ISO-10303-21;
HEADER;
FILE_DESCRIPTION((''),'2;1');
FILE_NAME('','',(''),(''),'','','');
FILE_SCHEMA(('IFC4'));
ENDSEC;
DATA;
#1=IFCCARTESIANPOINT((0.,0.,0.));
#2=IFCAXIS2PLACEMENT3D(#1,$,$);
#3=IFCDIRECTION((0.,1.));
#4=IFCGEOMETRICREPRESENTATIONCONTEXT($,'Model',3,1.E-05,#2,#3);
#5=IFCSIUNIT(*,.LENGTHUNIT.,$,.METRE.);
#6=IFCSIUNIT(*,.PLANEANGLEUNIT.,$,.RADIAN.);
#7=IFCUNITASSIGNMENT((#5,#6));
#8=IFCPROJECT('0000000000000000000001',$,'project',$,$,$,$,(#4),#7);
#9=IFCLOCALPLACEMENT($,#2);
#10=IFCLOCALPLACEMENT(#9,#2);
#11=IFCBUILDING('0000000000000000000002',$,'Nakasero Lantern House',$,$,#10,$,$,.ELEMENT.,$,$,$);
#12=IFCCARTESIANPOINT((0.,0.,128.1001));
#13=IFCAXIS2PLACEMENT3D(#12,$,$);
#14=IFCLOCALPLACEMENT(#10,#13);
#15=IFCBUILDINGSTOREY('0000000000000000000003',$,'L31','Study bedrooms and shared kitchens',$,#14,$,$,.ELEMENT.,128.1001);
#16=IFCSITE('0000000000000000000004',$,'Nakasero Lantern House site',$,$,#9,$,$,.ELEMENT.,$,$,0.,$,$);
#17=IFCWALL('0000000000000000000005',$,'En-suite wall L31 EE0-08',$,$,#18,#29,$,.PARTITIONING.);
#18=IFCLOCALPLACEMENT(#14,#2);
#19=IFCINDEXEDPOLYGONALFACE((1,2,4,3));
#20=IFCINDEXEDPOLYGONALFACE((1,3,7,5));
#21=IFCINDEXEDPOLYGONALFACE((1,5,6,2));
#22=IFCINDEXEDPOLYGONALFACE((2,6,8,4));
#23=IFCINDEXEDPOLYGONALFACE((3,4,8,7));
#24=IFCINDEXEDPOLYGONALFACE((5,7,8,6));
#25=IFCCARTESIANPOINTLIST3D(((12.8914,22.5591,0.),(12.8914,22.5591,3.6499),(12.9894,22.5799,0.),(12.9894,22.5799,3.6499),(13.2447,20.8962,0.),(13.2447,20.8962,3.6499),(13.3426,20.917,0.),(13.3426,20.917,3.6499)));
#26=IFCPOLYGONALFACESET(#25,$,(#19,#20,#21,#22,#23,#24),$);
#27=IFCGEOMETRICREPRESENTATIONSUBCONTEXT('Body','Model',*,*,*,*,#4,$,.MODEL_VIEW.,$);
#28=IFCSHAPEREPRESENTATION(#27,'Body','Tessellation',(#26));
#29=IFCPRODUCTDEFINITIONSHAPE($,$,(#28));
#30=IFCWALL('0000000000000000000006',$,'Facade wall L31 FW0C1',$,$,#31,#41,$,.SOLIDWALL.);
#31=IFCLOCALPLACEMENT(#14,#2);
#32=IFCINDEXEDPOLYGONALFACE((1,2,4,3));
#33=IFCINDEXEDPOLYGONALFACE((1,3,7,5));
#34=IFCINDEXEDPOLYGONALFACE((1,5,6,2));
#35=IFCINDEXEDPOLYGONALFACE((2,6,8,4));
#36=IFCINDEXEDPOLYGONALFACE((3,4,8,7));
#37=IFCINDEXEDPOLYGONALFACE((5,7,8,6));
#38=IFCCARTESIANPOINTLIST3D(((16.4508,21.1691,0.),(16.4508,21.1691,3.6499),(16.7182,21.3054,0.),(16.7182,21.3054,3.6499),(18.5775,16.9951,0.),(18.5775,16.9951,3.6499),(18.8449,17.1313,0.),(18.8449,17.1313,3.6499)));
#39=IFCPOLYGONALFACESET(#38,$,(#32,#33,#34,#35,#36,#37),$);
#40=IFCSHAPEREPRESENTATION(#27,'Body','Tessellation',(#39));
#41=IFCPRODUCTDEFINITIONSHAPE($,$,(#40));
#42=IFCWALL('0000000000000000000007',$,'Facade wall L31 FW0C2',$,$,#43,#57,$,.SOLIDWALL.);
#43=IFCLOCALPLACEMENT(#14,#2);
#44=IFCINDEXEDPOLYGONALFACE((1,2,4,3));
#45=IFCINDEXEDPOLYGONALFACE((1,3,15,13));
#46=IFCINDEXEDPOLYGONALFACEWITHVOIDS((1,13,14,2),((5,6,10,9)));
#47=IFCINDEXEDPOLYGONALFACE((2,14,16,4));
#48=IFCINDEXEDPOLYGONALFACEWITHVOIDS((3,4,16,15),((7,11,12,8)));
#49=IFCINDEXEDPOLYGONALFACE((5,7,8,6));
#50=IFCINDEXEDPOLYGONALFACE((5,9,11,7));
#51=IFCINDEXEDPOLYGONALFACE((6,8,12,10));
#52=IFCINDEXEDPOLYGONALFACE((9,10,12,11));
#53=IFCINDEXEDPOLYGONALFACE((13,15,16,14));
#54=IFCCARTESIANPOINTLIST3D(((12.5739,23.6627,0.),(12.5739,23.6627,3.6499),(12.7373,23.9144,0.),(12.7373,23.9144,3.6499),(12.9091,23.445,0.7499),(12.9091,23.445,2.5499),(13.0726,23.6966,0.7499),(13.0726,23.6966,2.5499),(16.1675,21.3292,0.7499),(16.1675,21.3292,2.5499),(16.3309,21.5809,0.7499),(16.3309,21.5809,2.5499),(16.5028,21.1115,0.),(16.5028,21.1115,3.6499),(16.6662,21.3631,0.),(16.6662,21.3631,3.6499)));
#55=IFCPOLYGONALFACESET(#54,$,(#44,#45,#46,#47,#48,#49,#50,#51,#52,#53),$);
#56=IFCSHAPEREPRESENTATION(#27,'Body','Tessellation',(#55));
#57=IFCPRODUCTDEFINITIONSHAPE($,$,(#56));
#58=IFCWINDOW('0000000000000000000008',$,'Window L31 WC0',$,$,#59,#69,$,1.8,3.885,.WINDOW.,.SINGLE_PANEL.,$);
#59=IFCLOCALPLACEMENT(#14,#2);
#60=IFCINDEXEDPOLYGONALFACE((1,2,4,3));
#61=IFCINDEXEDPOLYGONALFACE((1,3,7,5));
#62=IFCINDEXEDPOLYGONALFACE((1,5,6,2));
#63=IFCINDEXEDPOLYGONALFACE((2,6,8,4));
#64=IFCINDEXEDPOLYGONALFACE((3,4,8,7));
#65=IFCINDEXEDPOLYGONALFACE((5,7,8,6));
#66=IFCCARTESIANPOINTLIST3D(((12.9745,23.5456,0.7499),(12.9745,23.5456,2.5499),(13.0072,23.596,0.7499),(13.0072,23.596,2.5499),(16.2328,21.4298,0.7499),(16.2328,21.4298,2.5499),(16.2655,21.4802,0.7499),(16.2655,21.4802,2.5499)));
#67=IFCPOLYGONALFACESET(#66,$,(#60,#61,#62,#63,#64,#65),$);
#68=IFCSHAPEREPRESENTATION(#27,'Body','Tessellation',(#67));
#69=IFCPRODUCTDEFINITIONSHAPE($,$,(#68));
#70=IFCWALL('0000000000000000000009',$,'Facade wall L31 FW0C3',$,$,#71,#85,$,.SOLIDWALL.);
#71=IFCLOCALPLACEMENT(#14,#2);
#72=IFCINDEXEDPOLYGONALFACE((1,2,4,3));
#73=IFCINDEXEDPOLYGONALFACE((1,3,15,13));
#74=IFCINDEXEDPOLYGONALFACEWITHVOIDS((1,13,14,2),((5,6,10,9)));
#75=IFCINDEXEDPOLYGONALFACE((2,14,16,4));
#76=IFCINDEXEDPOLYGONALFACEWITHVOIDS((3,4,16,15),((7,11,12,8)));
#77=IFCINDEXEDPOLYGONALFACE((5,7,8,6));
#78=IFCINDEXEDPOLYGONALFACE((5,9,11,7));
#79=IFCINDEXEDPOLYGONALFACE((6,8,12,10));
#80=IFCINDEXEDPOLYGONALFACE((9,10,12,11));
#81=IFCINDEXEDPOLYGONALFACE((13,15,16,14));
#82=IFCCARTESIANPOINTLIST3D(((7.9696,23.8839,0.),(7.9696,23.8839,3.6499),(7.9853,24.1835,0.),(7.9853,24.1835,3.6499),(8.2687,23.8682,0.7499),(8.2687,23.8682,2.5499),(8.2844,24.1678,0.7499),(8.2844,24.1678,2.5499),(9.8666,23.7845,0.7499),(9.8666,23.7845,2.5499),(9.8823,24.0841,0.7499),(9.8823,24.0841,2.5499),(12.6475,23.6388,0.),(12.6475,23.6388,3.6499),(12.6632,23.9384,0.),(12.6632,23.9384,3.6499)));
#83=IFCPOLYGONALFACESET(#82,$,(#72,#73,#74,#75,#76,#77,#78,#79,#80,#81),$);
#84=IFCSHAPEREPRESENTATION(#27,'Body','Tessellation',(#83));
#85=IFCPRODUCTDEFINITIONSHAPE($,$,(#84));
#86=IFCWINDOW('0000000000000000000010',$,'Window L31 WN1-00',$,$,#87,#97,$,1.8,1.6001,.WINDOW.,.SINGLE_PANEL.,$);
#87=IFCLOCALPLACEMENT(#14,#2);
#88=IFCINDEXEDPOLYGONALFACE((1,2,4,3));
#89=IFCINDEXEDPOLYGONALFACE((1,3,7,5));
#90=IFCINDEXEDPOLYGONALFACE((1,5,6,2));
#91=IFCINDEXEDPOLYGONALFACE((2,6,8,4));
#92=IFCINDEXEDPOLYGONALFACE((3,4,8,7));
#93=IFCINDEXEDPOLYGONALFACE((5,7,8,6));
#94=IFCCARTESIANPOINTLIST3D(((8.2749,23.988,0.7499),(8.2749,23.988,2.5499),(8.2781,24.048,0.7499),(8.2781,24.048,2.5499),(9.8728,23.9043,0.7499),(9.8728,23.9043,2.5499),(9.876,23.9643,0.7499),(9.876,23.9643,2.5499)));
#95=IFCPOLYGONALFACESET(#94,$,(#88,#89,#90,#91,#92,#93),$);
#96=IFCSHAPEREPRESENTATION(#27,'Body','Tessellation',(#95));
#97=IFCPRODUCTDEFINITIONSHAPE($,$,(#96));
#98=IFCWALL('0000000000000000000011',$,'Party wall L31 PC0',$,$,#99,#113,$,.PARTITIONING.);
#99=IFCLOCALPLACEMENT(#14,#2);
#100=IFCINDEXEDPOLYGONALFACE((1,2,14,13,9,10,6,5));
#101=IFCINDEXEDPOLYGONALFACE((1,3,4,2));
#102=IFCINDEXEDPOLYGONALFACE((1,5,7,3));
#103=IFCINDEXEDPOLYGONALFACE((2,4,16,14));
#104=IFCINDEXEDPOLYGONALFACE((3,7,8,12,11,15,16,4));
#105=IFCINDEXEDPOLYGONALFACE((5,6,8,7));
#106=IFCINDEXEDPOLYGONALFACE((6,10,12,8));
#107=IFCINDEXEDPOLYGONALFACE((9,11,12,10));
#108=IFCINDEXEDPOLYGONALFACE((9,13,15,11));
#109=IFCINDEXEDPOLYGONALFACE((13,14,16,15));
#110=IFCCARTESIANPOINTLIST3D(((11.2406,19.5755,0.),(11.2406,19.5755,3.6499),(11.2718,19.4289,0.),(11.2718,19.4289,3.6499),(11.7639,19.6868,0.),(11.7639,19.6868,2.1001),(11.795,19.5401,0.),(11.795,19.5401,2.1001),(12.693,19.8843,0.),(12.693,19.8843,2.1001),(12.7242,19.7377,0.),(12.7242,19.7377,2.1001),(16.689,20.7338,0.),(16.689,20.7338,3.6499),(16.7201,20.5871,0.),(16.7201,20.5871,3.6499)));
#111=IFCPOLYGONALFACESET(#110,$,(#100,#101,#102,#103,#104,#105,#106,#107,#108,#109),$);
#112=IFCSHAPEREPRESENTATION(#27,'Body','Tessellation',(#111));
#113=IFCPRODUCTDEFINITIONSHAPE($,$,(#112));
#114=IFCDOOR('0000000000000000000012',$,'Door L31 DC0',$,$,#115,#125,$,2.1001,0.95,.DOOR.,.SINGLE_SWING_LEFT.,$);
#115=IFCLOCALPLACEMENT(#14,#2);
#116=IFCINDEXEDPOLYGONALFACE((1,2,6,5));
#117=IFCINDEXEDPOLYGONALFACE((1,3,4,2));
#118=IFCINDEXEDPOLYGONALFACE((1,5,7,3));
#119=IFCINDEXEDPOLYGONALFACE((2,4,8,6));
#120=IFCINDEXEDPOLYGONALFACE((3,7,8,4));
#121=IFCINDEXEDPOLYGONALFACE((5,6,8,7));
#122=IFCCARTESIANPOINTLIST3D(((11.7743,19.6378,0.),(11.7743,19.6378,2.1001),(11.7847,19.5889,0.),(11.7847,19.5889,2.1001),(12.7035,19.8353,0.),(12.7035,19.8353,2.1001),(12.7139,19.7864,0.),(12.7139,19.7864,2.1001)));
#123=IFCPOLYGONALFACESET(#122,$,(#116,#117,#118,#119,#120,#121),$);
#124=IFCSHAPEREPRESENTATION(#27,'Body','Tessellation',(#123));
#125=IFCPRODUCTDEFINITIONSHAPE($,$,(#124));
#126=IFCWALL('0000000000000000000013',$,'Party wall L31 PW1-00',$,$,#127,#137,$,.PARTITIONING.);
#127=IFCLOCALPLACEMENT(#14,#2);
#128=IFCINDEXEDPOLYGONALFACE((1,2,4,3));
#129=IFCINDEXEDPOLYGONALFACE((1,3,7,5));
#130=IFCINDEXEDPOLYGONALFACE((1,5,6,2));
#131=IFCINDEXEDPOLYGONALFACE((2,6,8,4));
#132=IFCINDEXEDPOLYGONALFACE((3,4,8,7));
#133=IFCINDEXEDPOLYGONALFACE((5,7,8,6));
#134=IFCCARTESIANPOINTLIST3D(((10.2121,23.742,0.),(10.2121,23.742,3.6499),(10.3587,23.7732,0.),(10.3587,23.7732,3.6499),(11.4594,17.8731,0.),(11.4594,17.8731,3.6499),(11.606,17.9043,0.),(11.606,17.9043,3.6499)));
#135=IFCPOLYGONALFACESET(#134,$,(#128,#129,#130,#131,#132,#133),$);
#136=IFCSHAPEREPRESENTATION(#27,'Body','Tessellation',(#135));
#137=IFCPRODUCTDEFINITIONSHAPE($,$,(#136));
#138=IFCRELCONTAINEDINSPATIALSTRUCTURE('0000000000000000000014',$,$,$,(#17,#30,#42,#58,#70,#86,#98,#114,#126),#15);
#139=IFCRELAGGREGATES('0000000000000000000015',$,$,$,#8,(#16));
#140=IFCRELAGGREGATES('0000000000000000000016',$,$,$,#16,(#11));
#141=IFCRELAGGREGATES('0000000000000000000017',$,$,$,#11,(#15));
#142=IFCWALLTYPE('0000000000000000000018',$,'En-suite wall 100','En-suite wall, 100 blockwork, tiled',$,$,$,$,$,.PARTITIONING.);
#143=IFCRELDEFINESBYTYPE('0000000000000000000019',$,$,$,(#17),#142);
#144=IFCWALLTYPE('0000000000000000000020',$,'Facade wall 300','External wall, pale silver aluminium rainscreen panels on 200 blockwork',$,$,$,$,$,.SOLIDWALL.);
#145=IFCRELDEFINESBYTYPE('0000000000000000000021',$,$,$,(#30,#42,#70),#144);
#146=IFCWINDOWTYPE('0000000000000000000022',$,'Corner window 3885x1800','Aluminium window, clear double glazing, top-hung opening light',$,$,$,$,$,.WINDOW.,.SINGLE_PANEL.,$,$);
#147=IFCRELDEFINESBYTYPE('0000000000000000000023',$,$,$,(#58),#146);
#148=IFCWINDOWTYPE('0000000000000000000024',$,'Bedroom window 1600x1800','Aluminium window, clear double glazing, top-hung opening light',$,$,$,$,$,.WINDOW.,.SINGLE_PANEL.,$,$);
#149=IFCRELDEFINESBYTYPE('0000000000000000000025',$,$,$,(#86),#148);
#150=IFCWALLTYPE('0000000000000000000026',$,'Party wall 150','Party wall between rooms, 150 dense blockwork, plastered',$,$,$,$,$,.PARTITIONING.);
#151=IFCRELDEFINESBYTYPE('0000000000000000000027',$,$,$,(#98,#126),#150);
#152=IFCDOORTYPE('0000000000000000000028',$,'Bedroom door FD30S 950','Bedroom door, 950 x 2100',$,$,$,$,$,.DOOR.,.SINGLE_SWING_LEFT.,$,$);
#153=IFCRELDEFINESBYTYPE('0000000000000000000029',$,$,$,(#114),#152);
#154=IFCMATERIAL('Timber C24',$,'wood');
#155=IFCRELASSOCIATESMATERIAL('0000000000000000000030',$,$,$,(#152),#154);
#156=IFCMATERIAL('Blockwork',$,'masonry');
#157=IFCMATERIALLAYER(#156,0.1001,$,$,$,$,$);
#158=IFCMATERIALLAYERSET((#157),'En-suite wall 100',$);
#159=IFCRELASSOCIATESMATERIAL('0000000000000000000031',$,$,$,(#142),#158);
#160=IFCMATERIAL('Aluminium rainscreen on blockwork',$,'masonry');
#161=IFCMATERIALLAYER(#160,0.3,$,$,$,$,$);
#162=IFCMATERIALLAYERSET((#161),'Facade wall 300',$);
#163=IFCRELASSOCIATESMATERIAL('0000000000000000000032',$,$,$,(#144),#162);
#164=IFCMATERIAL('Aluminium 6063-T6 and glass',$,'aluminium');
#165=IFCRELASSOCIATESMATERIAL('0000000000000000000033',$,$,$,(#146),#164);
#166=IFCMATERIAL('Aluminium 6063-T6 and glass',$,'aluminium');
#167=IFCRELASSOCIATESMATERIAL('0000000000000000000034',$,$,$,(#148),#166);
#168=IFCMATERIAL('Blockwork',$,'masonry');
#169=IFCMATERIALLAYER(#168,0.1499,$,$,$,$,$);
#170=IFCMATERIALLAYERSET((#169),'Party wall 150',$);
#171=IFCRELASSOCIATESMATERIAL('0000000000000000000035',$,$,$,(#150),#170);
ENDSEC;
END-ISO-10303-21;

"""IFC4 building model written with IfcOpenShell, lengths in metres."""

from ifc_helpers import new_model, si_unit, direction, frame, frame_2d, origin, place, context, subcontext, project, spatial, rectangle, extrude, material, layer, layer_set, type_object, element, fill, save


model = new_model("IFC4")

# Units and contexts
model_context = context("Model", 3, precision=1e-05, world=origin(), true_north=direction((0.0, 1.0)))
body_context = subcontext(model_context, "Body", "Model", "MODEL_VIEW")
ifc_project = project(units=[si_unit("LENGTHUNIT", "METRE"), si_unit("PLANEANGLEUNIT", "RADIAN")], contexts=[model_context])

# Site, building, storey
site_placement = place(None, origin())
site = spatial("IfcSite", under=ifc_project, at=site_placement, Name="Nakasero Lantern House site", CompositionType="ELEMENT", RefElevation=0.0)
building_placement = place(site_placement, origin())
building = spatial("IfcBuilding", under=site, at=building_placement, Name="Nakasero Lantern House", CompositionType="ELEMENT")
storey_placement = place(building_placement, frame((0.0, 0.0, 128.1001)))
storey = spatial("IfcBuildingStorey", under=building, at=storey_placement, Name="L31", Description="Study bedrooms and shared kitchens", CompositionType="ELEMENT", Elevation=128.1001)

# Shared definitions
ifc_material_1 = material(Name="Timber C24", Category="wood")
door_type_1 = type_object("IfcDoorType", Name="Bedroom door FD30S 950", Description="Bedroom door, 950 x 2100", OperationType="SINGLE_SWING_LEFT", PredefinedType="DOOR", material=ifc_material_1)

# Walls
ifc_material_2 = material(Name="Blockwork", Category="masonry")
ifc_layer_1 = layer(ifc_material_2, 0.1001)
ifc_layer_set_1 = layer_set([ifc_layer_1], Name="En-suite wall 100")
wall_type_1 = type_object("IfcWallType", Name="En-suite wall 100", Description="En-suite wall, 100 blockwork, tiled", PredefinedType="PARTITIONING", material=ifc_layer_set_1)
wall_1_placement = place(storey_placement, frame((13.2937, 20.9065, 0.0), z_axis=(0.0, 0.0, 1.0), x_axis=(-0.207812, 0.978169, 0.0)))
element("IfcWall", 1, at=wall_1_placement, inside=storey, type_object=wall_type_1, Name="En-suite wall L31 EE0-08", PredefinedType="PARTITIONING", context=body_context, shape_type="SweptSolid", body=[
    extrude(rectangle(XDim=1.7, YDim=0.1001, at=frame_2d((0.8501, 0.0))), origin(), (0.0, 0.0, 1.0), 3.6499),
])
ifc_material_3 = material(Name="Aluminium rainscreen on blockwork", Category="masonry")
ifc_layer_2 = layer(ifc_material_3, 0.3)
ifc_layer_set_2 = layer_set([ifc_layer_2], Name="Facade wall 300")
wall_type_2 = type_object("IfcWallType", Name="Facade wall 300", Description="External wall, pale silver aluminium rainscreen panels on 200 blockwork", PredefinedType="SOLIDWALL", material=ifc_layer_set_2)
wall_2_placement = place(storey_placement, frame((18.7112, 17.0632, 0.0), z_axis=(0.0, 0.0, 1.0), x_axis=(-0.453976, 0.891014, 0.0)))
element("IfcWall", 2, at=wall_2_placement, inside=storey, type_object=wall_type_2, Name="Facade wall L31 FW0C1", PredefinedType="SOLIDWALL", context=body_context, shape_type="SweptSolid", body=[
    extrude(rectangle(XDim=4.6846, YDim=0.3, at=frame_2d((2.3423, 0.0))), origin(), (0.0, 0.0, 1.0), 3.6499),
])

# Walls, openings, windows
wall_3_placement = place(storey_placement, frame((16.5845, 21.2373, 0.0), z_axis=(0.0, 0.0, 1.0), x_axis=(-0.838692, 0.544605, 0.0)))
wall_3 = element("IfcWall", 3, at=wall_3_placement, inside=storey, type_object=wall_type_2, Name="Facade wall L31 FW0C2", PredefinedType="SOLIDWALL", context=body_context, shape_type="SweptSolid", body=[
    extrude(rectangle(XDim=4.6846, YDim=0.3, at=frame_2d((2.3423, 0.0))), origin(), (0.0, 0.0, 1.0), 3.6499),
])
opening_1_placement = place(wall_3_placement, frame((0.3999, 0.0, 0.75)))
opening_1 = element("IfcOpeningElement", 4, at=opening_1_placement, cuts=wall_3, PredefinedType="OPENING", context=body_context, shape_type="SweptSolid", body=[
    extrude(rectangle(XDim=3.885, YDim=1.8, at=frame_2d((1.9424, 0.8999))), frame((0.0, 0.1699, 0.0), z_axis=(0.0, -1.0, 0.0), x_axis=(1.0, 0.0, 0.0)), (0.0, 0.0, 1.0), 0.3401),
])
ifc_material_4 = material(Name="Aluminium 6063-T6 and glass", Category="aluminium")
window_type_1 = type_object("IfcWindowType", Name="Corner window 3885x1800", Description="Aluminium window, clear double glazing, top-hung opening light", PartitioningType="SINGLE_PANEL", PredefinedType="WINDOW", material=ifc_material_4)
window_1_placement = place(opening_1_placement, origin())
window_1 = element("IfcWindow", 5, at=window_1_placement, inside=storey, type_object=window_type_1, Name="Window L31 WC0", OverallHeight=1.8, OverallWidth=3.885, PartitioningType="SINGLE_PANEL", PredefinedType="WINDOW", context=body_context, shape_type="SweptSolid", body=[
    extrude(rectangle(XDim=3.885, YDim=1.8, at=frame_2d((1.9424, 0.8999))), frame((0.0, 0.03, 0.0), z_axis=(0.0, -1.0, 0.0), x_axis=(1.0, 0.0, 0.0)), (0.0, 0.0, 1.0), 0.0601),
])
fill(opening_1, window_1)
wall_4_placement = place(storey_placement, frame((12.6555, 23.7886, 0.0), z_axis=(0.0, 0.0, 1.0), x_axis=(-0.99863, 0.052326, 0.0)))
wall_4 = element("IfcWall", 6, at=wall_4_placement, inside=storey, type_object=wall_type_2, Name="Facade wall L31 FW0C3", PredefinedType="SOLIDWALL", context=body_context, shape_type="SweptSolid", body=[
    extrude(rectangle(XDim=4.6843, YDim=0.3, at=frame_2d((2.3423, 0.0))), origin(), (0.0, 0.0, 1.0), 3.6499),
])
opening_2_placement = place(wall_4_placement, frame((2.7849, 0.0, 0.75)))
opening_2 = element("IfcOpeningElement", 7, at=opening_2_placement, cuts=wall_4, PredefinedType="OPENING", context=body_context, shape_type="SweptSolid", body=[
    extrude(rectangle(XDim=1.6001, YDim=1.8, at=frame_2d((0.8, 0.8999))), frame((0.0, 0.1699, 0.0), z_axis=(0.0, -1.0, 0.0), x_axis=(1.0, 0.0, 0.0)), (0.0, 0.0, 1.0), 0.3401),
])
ifc_material_5 = material(Name="Aluminium 6063-T6 and glass", Category="aluminium")
window_type_2 = type_object("IfcWindowType", Name="Bedroom window 1600x1800", Description="Aluminium window, clear double glazing, top-hung opening light", PartitioningType="SINGLE_PANEL", PredefinedType="WINDOW", material=ifc_material_5)
window_2_placement = place(opening_2_placement, origin())
window_2 = element("IfcWindow", 8, at=window_2_placement, inside=storey, type_object=window_type_2, Name="Window L31 WN1-00", OverallHeight=1.8, OverallWidth=1.6001, PartitioningType="SINGLE_PANEL", PredefinedType="WINDOW", context=body_context, shape_type="SweptSolid", body=[
    extrude(rectangle(XDim=1.6001, YDim=1.8, at=frame_2d((0.8, 0.8999))), frame((0.0, 0.03, 0.0), z_axis=(0.0, -1.0, 0.0), x_axis=(1.0, 0.0, 0.0)), (0.0, 0.0, 1.0), 0.0601),
])
fill(opening_2, window_2)

# Wall, opening, door
ifc_material_6 = material(Name="Blockwork", Category="masonry")
ifc_layer_3 = layer(ifc_material_6, 0.1499)
ifc_layer_set_3 = layer_set([ifc_layer_3], Name="Party wall 150")
wall_type_3 = type_object("IfcWallType", Name="Party wall 150", Description="Party wall between rooms, 150 dense blockwork, plastered", PredefinedType="PARTITIONING", material=ifc_layer_set_3)
wall_5_placement = place(storey_placement, frame((11.2561, 19.5022, 0.0), z_axis=(0.0, 0.0, 1.0), x_axis=(0.978142, 0.207936, 0.0)))
wall_5 = element("IfcWall", 9, at=wall_5_placement, inside=storey, type_object=wall_type_3, Name="Party wall L31 PC0", PredefinedType="PARTITIONING", context=body_context, shape_type="SweptSolid", body=[
    extrude(rectangle(XDim=5.5701, YDim=0.1499, at=frame_2d((2.7852, 0.0))), origin(), (0.0, 0.0, 1.0), 3.6499),
])
opening_3_placement = place(wall_5_placement, frame((0.5349, 0.0, 0.0)))
opening_3 = element("IfcOpeningElement", 10, at=opening_3_placement, cuts=wall_5, PredefinedType="OPENING", context=body_context, shape_type="SweptSolid", body=[
    extrude(rectangle(XDim=0.95, YDim=2.1001, at=frame_2d((0.4751, 1.05))), frame((0.0, 0.095, 0.0), z_axis=(0.0, -1.0, 0.0), x_axis=(1.0, 0.0, 0.0)), (0.0, 0.0, 1.0), 0.1899),
])
door_1_placement = place(opening_3_placement, origin())
door_1 = element("IfcDoor", 11, at=door_1_placement, inside=storey, type_object=door_type_1, Name="Door L31 DC0", OperationType="SINGLE_SWING_LEFT", OverallHeight=2.1001, OverallWidth=0.95, PredefinedType="DOOR", context=body_context, shape_type="SweptSolid", body=[
    extrude(rectangle(XDim=0.95, YDim=2.1001, at=frame_2d((0.4751, 1.05))), frame((0.0, 0.0249, 0.0), z_axis=(0.0, -1.0, 0.0), x_axis=(1.0, 0.0, 0.0)), (0.0, 0.0, 1.0), 0.05),
])
fill(opening_3, door_1)

# Wall
wall_6_placement = place(storey_placement, frame((11.5327, 17.8887, 0.0), z_axis=(0.0, 0.0, 1.0), x_axis=(-0.207886, 0.978153, 0.0)))
element("IfcWall", 12, at=wall_6_placement, inside=storey, type_object=wall_type_3, Name="Party wall L31 PW1-00", PredefinedType="PARTITIONING", context=body_context, shape_type="SweptSolid", body=[
    extrude(rectangle(XDim=6.0, YDim=0.1499, at=frame_2d((3.0, 0.0))), origin(), (0.0, 0.0, 1.0), 3.6499),
])

save(model, "model.ifc")
